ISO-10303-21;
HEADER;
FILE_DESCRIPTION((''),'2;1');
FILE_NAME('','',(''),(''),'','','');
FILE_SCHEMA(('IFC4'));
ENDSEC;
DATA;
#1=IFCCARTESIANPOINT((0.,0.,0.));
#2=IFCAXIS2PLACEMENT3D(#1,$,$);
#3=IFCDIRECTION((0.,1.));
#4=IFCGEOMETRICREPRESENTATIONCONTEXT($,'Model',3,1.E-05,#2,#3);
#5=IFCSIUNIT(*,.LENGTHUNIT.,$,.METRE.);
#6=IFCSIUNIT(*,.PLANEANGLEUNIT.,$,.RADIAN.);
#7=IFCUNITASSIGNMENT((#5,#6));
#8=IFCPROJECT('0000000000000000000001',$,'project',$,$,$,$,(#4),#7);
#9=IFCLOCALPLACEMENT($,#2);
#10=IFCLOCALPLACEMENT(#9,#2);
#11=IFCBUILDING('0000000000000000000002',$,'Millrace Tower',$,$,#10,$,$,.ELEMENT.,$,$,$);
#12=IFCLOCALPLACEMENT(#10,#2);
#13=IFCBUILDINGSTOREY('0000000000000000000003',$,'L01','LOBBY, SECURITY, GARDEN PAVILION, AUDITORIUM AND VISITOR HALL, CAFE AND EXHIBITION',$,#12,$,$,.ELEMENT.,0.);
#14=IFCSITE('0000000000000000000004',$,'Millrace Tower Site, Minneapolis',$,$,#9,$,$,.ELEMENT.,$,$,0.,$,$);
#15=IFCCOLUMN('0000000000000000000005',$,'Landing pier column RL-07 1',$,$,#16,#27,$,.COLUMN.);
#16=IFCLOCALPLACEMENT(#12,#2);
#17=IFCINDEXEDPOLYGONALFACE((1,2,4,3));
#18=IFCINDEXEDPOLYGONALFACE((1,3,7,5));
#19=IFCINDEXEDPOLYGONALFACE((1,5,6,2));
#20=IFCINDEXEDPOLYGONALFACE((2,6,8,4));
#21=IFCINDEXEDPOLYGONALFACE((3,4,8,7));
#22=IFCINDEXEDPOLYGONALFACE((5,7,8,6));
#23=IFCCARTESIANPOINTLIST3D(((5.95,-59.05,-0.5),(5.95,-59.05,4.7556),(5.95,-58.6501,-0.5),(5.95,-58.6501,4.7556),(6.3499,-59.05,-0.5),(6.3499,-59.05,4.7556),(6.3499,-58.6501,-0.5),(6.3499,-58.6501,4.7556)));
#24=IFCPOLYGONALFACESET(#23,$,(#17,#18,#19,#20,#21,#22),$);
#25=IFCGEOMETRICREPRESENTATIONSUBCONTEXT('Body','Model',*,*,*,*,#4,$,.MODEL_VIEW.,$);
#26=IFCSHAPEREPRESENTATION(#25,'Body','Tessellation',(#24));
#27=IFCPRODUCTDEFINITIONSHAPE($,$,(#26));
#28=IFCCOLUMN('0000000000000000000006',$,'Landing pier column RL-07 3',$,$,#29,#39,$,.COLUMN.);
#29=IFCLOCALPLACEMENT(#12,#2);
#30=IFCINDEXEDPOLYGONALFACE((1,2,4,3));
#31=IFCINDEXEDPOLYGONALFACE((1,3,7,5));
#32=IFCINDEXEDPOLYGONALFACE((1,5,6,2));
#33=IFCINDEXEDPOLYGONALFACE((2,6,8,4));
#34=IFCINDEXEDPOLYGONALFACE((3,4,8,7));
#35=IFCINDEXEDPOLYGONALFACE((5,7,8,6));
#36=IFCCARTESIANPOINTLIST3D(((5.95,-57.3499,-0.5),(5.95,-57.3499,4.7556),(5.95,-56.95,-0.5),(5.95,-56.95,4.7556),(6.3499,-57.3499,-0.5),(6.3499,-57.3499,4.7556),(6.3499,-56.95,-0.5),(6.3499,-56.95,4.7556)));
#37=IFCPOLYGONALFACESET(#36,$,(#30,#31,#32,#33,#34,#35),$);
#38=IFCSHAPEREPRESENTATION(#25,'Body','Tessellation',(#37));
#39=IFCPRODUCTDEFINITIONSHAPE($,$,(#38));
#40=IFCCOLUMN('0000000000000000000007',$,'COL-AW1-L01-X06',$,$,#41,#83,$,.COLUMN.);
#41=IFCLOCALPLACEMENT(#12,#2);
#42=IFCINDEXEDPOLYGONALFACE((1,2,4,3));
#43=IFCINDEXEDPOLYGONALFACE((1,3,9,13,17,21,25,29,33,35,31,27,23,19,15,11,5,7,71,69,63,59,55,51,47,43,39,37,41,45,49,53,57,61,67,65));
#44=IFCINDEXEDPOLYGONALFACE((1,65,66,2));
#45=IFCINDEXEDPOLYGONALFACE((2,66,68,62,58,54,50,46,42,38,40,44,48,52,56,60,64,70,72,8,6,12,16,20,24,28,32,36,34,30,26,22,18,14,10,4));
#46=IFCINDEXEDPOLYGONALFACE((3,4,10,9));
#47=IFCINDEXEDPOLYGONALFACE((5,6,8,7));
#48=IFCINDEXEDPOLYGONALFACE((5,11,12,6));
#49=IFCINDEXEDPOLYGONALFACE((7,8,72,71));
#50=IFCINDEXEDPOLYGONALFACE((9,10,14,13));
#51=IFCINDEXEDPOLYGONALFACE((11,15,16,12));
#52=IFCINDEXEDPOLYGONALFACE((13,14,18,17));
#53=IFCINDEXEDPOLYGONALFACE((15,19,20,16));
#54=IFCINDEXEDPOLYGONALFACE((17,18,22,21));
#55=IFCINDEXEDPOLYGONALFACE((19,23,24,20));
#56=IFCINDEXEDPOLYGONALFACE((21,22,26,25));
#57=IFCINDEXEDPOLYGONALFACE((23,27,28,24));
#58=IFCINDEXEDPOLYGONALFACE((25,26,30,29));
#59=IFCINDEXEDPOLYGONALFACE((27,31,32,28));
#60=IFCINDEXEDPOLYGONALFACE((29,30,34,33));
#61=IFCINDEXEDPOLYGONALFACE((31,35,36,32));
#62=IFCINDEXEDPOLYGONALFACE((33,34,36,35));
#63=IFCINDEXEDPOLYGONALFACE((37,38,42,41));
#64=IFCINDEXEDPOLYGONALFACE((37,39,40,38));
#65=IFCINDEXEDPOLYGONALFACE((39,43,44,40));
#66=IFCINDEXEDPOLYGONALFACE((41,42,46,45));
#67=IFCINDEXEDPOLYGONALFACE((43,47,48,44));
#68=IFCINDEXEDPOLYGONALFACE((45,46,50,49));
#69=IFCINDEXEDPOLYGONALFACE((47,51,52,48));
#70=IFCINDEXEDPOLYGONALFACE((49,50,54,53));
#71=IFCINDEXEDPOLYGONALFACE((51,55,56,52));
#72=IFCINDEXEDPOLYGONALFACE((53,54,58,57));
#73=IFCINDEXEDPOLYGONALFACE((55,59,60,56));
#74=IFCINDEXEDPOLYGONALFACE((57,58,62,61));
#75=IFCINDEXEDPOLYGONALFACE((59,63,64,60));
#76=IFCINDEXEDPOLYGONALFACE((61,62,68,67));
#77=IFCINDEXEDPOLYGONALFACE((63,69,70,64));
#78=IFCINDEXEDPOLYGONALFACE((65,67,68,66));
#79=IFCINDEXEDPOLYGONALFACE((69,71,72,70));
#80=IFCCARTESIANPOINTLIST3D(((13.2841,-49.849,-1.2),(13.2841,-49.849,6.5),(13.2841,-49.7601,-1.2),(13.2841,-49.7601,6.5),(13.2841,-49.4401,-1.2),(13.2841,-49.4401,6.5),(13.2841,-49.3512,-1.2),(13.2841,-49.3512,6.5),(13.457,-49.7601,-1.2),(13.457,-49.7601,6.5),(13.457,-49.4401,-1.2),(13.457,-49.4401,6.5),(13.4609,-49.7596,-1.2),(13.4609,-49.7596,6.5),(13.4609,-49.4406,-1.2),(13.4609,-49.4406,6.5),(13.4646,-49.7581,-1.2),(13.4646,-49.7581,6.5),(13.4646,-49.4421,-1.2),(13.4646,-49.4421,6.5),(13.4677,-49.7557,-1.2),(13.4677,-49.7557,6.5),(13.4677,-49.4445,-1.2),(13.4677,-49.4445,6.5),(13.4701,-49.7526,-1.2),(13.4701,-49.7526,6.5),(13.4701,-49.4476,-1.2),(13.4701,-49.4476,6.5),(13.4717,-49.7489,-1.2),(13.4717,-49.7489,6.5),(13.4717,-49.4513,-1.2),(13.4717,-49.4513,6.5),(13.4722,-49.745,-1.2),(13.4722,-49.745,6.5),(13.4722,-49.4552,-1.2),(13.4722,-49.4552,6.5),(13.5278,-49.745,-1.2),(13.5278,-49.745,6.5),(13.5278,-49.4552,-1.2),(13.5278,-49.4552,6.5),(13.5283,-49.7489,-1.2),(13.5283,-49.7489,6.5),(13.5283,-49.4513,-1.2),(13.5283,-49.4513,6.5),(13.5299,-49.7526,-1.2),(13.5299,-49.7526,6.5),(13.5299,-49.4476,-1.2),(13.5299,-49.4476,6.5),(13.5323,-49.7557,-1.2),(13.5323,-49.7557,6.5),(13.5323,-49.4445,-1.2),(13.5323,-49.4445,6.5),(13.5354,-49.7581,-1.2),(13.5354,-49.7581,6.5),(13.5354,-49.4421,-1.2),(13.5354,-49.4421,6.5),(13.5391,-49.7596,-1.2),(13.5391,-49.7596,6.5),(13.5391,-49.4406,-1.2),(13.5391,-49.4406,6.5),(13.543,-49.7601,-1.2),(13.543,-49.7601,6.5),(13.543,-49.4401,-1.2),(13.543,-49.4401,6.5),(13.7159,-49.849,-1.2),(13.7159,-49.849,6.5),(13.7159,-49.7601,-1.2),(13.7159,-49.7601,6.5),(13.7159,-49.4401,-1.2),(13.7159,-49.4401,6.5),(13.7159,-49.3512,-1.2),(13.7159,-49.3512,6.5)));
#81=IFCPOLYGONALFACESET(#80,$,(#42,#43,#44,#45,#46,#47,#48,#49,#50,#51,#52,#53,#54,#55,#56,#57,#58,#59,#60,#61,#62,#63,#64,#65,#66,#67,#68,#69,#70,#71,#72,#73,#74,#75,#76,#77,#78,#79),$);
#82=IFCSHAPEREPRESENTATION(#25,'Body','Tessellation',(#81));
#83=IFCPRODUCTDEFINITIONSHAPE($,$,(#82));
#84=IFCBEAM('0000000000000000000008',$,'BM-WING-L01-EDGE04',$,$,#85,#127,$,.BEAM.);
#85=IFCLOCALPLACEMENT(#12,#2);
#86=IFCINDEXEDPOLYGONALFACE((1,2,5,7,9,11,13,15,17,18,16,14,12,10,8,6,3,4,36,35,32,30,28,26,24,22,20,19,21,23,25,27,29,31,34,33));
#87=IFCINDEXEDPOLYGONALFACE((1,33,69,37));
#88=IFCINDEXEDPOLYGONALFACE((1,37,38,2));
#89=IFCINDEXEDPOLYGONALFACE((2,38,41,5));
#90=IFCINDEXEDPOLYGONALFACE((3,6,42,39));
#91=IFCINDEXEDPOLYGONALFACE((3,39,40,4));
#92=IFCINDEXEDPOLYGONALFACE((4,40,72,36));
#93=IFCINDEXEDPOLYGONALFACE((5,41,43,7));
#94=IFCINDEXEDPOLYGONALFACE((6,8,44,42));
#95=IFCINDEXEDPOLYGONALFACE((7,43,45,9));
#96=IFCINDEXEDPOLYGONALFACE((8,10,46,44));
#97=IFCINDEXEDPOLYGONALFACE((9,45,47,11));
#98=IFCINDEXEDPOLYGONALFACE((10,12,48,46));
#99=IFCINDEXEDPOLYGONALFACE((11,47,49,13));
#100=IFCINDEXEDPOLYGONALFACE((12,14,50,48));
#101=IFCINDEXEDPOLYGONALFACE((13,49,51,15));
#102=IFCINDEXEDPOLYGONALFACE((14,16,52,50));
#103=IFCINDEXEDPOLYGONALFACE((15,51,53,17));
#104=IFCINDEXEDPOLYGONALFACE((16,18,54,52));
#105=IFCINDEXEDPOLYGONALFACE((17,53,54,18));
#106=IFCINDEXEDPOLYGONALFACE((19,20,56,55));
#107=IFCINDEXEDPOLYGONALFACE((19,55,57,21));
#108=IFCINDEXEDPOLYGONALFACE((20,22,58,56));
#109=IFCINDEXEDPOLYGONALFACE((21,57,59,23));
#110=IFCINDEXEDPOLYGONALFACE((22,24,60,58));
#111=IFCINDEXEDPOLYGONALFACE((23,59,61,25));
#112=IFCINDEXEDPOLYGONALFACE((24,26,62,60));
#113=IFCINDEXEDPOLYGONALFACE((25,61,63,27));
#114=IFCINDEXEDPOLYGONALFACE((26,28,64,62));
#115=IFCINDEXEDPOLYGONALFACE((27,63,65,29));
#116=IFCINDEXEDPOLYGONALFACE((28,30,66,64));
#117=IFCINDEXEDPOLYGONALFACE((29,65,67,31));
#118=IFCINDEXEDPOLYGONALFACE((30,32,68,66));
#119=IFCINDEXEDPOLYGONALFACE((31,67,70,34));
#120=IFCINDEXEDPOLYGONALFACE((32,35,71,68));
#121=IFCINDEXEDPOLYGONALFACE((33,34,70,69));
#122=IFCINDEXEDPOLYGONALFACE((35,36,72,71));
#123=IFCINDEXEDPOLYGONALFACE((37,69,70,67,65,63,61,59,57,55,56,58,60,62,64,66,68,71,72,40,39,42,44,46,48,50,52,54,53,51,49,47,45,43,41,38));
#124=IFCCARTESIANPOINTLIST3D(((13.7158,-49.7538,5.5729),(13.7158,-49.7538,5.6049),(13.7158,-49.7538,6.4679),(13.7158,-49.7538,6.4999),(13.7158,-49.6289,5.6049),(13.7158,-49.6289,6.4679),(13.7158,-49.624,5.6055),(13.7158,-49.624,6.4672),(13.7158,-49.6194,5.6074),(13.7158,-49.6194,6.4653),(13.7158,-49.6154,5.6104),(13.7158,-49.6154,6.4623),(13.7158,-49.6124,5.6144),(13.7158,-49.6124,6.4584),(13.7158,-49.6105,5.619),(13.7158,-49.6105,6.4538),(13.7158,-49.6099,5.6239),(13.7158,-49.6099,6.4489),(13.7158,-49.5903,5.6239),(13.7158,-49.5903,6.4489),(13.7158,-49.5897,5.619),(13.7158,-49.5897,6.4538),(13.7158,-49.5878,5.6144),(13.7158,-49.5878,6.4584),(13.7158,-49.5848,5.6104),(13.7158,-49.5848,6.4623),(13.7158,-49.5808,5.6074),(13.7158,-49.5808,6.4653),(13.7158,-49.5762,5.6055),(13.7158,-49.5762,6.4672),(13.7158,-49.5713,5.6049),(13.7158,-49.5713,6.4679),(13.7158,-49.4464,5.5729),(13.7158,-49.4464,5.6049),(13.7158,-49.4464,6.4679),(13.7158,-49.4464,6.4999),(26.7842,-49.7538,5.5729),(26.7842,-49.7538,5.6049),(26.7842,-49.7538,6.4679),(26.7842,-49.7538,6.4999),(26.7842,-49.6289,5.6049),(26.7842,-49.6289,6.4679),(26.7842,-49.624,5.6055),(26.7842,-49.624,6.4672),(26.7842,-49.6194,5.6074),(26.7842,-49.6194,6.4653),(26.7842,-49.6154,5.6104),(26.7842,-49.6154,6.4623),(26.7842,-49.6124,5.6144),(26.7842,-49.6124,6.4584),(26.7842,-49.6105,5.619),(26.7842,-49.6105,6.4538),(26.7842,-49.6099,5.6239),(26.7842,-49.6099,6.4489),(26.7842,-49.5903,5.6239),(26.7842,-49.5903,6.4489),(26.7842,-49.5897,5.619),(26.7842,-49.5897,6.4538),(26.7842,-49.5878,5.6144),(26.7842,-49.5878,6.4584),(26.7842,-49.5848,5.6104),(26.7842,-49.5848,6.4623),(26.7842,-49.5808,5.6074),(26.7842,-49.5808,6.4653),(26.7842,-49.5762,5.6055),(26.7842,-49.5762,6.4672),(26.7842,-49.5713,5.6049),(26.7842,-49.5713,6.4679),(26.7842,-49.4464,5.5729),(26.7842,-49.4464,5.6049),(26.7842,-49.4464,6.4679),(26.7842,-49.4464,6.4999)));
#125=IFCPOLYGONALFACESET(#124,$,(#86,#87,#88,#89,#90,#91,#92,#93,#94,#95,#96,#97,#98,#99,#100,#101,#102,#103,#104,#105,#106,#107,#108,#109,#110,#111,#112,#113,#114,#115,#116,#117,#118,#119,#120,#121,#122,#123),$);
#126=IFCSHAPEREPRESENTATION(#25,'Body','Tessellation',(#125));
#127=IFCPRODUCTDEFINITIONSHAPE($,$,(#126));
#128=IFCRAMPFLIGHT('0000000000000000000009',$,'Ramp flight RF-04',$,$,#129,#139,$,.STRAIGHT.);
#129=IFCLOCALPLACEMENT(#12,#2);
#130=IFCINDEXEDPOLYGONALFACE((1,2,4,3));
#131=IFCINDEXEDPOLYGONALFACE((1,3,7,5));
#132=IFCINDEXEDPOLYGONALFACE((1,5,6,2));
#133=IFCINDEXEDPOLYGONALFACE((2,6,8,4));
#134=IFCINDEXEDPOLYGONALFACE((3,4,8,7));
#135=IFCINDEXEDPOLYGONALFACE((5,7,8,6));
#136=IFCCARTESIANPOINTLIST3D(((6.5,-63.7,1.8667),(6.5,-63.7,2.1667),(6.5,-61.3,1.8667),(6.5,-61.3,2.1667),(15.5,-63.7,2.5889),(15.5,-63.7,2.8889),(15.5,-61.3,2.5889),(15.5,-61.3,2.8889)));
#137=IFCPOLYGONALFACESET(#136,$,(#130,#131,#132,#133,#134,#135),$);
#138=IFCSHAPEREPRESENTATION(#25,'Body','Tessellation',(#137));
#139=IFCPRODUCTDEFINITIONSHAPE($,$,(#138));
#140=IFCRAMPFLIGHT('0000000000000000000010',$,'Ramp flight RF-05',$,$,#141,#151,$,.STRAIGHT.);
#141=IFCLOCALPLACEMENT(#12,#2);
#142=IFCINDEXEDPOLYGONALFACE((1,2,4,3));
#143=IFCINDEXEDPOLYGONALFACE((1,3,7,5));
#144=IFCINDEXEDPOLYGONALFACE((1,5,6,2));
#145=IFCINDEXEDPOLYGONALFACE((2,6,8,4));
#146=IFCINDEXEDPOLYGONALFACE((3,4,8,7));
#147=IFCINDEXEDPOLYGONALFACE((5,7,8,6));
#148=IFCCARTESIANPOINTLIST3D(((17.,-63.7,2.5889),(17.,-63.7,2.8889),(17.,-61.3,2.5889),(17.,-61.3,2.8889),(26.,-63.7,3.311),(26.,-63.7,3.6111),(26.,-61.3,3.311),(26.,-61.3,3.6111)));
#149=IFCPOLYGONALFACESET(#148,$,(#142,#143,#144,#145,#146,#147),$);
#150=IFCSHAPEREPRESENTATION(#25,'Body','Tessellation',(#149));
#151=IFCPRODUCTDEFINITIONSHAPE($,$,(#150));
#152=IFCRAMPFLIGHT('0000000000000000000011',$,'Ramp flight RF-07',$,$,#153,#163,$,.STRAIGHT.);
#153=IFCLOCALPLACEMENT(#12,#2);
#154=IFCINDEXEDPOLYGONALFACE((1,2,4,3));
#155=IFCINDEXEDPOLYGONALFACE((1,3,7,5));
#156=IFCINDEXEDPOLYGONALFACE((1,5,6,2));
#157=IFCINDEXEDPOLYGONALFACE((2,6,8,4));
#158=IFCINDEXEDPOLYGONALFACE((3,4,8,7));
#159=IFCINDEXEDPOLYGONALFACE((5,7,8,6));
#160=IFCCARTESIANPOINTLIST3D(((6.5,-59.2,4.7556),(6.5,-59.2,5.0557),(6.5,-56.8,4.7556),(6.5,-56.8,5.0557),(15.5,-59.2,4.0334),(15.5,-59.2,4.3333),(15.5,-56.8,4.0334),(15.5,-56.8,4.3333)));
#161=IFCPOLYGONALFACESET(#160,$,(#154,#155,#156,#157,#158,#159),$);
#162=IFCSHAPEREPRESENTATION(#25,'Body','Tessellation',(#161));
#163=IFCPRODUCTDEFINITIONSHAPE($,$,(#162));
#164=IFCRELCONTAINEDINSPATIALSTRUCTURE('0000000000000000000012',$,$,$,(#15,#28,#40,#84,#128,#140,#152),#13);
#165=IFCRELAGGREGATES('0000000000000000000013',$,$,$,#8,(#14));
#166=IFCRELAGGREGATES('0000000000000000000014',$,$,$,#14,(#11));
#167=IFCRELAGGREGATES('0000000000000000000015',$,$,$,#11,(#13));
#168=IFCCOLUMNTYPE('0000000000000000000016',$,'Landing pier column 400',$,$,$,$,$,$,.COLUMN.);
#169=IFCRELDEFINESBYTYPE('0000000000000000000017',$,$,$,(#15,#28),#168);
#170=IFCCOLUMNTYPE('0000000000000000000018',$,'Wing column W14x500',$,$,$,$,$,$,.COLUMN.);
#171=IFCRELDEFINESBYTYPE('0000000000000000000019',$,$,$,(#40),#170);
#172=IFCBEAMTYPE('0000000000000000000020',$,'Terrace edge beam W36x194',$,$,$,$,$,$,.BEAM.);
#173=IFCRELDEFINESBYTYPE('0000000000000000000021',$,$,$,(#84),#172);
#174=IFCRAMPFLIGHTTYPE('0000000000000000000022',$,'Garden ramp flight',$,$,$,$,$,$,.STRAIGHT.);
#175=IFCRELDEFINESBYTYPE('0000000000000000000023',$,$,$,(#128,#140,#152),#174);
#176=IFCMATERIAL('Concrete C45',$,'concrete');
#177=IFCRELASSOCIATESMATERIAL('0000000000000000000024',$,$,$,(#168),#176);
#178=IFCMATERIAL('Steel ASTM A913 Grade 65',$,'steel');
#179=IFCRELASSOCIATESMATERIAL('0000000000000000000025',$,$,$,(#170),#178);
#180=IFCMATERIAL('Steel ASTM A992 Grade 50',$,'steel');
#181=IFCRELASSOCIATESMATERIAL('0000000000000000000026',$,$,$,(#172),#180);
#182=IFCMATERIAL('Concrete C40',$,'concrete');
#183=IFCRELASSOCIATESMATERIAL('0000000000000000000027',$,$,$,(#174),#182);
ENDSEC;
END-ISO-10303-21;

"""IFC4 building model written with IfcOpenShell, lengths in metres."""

from ifc_helpers import new_model, si_unit, direction, frame, origin, origin_2d, place, context, subcontext, project, spatial, polyline, rectangle, i_section, outline, extrude, material, material_profile, profile_set, type_object, element, save


model = new_model("IFC4")

# Units and contexts
model_context = context("Model", 3, precision=1e-05, world=origin(), true_north=direction((0.0, 1.0)))
body_context = subcontext(model_context, "Body", "Model", "MODEL_VIEW")
ifc_project = project(units=[si_unit("LENGTHUNIT", "METRE"), si_unit("PLANEANGLEUNIT", "RADIAN")], contexts=[model_context])

# Site, building, storey
site_placement = place(None, origin())
site = spatial("IfcSite", under=ifc_project, at=site_placement, Name="Millrace Tower Site, Minneapolis", CompositionType="ELEMENT", RefElevation=0.0)
building_placement = place(site_placement, origin())
building = spatial("IfcBuilding", under=site, at=building_placement, Name="Millrace Tower", CompositionType="ELEMENT")
storey_placement = place(building_placement, origin())
storey = spatial("IfcBuildingStorey", under=building, at=storey_placement, Name="L01", Description="LOBBY, SECURITY, GARDEN PAVILION, AUDITORIUM AND VISITOR HALL, CAFE AND EXHIBITION", CompositionType="ELEMENT", Elevation=0.0)

# Columns
ifc_material_1 = material(Name="Concrete C45", Category="concrete")
ifc_material_profile_1 = material_profile(ifc_material_1, rectangle(XDim=0.3999, YDim=0.3999, at=origin_2d()))
ifc_profile_set_1 = profile_set([ifc_material_profile_1], Name="Concrete C45")
column_type_1 = type_object("IfcColumnType", Name="Landing pier column 400", PredefinedType="COLUMN", material=ifc_profile_set_1)
for number, where, z_axis, x_axis, name in (
    (1, (6.1499, -58.8501, -0.5), (0.0, 0.0, 1.0), (1.0, 0.0, 0.0), "Landing pier column RL-07 1"),
    (2, (6.1499, -57.1499, -0.5), (0.0, 0.0, 1.0), (1.0, 0.0, 0.0), "Landing pier column RL-07 3"),
):
    element("IfcColumn", number, at=place(storey_placement, frame(where, z_axis=z_axis, x_axis=x_axis)), inside=storey, type_object=column_type_1, Name=name, PredefinedType="COLUMN", context=body_context, shape_type="SweptSolid", body=[
        extrude(rectangle(XDim=0.3999, YDim=0.3999, at=origin_2d()), origin(), (0.0, 0.0, 1.0), 5.2556),
    ])
ifc_material_2 = material(Name="Steel ASTM A913 Grade 65", Category="steel")
ifc_material_profile_2 = material_profile(ifc_material_2, i_section(OverallWidth=0.4319, OverallDepth=0.4978, WebThickness=0.0557, FlangeThickness=0.0889, FilletRadius=0.0151, at=origin_2d()))
ifc_profile_set_2 = profile_set([ifc_material_profile_2], Name="Steel ASTM A913 Grade 65")
column_type_2 = type_object("IfcColumnType", Name="Wing column W14x500", PredefinedType="COLUMN", material=ifc_profile_set_2)
column_1_placement = place(storey_placement, frame((13.5, -49.6001, -1.2), z_axis=(0.0, 0.0, 1.0), x_axis=(1.0, 0.0, 0.0)))
element("IfcColumn", 3, at=column_1_placement, inside=storey, type_object=column_type_2, Name="COL-AW1-L01-X06", PredefinedType="COLUMN", context=body_context, shape_type="SweptSolid", body=[
    extrude(i_section(OverallWidth=0.4319, OverallDepth=0.4978, WebThickness=0.0557, FlangeThickness=0.0889, FilletRadius=0.0151, at=origin_2d()), origin(), (0.0, 0.0, 1.0), 7.7),
])

# Beam
ifc_material_3 = material(Name="Steel ASTM A992 Grade 50", Category="steel")
ifc_material_profile_3 = material_profile(ifc_material_3, i_section(OverallWidth=0.3074, OverallDepth=0.927, WebThickness=0.0195, FlangeThickness=0.032, FilletRadius=0.019, at=origin_2d()))
ifc_profile_set_3 = profile_set([ifc_material_profile_3], Name="Steel ASTM A992 Grade 50")
beam_type = type_object("IfcBeamType", Name="Terrace edge beam W36x194", PredefinedType="BEAM", material=ifc_profile_set_3)
beam_placement = place(storey_placement, frame((13.7158, -49.6001, 6.0364), z_axis=(1.0, 0.0, 0.0), x_axis=(0.0, 1.0, 0.0)))
element("IfcBeam", 4, at=beam_placement, inside=storey, type_object=beam_type, Name="BM-WING-L01-EDGE04", PredefinedType="BEAM", context=body_context, shape_type="SweptSolid", body=[
    extrude(i_section(OverallWidth=0.3074, OverallDepth=0.927, WebThickness=0.0195, FlangeThickness=0.032, FilletRadius=0.019, at=origin_2d()), origin(), (0.0, 0.0, 1.0), 13.0684),
])

# Ramp flights
ifc_material_4 = material(Name="Concrete C40", Category="concrete")
ramp_flight_type = type_object("IfcRampFlightType", Name="Garden ramp flight", PredefinedType="STRAIGHT", material=ifc_material_4)
for number, where, z_axis, x_axis, name in (
    (5, (6.5, -62.5, 1.8667), (0.0, 0.0, 1.0), (1.0, 0.0, 0.0), "Ramp flight RF-04"),
    (6, (17.0, -62.5, 2.5889), (0.0, 0.0, 1.0), (1.0, 0.0, 0.0), "Ramp flight RF-05"),
):
    element("IfcRampFlight", number, at=place(storey_placement, frame(where, z_axis=z_axis, x_axis=x_axis)), inside=storey, type_object=ramp_flight_type, Name=name, PredefinedType="STRAIGHT", context=body_context, shape_type="SweptSolid", body=[
        extrude(outline(polyline([(0.0, 0.0), (9.0, 0.7222), (9.0, 1.0222), (0.0, 0.3), (0.0, 0.0)])), frame((0.0, 1.2, 0.0), z_axis=(0.0, -1.0, 0.0), x_axis=(1.0, 0.0, 0.0)), (0.0, 0.0, 1.0), 2.3999),
    ])
ramp_flight_placement = place(storey_placement, frame((15.5, -58.0, 4.0334), z_axis=(0.0, 0.0, 1.0), x_axis=(-1.0, 0.0, 0.0)))
element("IfcRampFlight", 7, at=ramp_flight_placement, inside=storey, type_object=ramp_flight_type, Name="Ramp flight RF-07", PredefinedType="STRAIGHT", context=body_context, shape_type="SweptSolid", body=[
    extrude(outline(polyline([(0.0, 0.0), (9.0, 0.7222), (9.0, 1.0222), (0.0, 0.2998), (0.0, 0.0)])), frame((0.0, 1.2, 0.0), z_axis=(0.0, -1.0, 0.0), x_axis=(1.0, 0.0, 0.0)), (0.0, 0.0, 1.0), 2.3999),
])

save(model, "model.ifc")
